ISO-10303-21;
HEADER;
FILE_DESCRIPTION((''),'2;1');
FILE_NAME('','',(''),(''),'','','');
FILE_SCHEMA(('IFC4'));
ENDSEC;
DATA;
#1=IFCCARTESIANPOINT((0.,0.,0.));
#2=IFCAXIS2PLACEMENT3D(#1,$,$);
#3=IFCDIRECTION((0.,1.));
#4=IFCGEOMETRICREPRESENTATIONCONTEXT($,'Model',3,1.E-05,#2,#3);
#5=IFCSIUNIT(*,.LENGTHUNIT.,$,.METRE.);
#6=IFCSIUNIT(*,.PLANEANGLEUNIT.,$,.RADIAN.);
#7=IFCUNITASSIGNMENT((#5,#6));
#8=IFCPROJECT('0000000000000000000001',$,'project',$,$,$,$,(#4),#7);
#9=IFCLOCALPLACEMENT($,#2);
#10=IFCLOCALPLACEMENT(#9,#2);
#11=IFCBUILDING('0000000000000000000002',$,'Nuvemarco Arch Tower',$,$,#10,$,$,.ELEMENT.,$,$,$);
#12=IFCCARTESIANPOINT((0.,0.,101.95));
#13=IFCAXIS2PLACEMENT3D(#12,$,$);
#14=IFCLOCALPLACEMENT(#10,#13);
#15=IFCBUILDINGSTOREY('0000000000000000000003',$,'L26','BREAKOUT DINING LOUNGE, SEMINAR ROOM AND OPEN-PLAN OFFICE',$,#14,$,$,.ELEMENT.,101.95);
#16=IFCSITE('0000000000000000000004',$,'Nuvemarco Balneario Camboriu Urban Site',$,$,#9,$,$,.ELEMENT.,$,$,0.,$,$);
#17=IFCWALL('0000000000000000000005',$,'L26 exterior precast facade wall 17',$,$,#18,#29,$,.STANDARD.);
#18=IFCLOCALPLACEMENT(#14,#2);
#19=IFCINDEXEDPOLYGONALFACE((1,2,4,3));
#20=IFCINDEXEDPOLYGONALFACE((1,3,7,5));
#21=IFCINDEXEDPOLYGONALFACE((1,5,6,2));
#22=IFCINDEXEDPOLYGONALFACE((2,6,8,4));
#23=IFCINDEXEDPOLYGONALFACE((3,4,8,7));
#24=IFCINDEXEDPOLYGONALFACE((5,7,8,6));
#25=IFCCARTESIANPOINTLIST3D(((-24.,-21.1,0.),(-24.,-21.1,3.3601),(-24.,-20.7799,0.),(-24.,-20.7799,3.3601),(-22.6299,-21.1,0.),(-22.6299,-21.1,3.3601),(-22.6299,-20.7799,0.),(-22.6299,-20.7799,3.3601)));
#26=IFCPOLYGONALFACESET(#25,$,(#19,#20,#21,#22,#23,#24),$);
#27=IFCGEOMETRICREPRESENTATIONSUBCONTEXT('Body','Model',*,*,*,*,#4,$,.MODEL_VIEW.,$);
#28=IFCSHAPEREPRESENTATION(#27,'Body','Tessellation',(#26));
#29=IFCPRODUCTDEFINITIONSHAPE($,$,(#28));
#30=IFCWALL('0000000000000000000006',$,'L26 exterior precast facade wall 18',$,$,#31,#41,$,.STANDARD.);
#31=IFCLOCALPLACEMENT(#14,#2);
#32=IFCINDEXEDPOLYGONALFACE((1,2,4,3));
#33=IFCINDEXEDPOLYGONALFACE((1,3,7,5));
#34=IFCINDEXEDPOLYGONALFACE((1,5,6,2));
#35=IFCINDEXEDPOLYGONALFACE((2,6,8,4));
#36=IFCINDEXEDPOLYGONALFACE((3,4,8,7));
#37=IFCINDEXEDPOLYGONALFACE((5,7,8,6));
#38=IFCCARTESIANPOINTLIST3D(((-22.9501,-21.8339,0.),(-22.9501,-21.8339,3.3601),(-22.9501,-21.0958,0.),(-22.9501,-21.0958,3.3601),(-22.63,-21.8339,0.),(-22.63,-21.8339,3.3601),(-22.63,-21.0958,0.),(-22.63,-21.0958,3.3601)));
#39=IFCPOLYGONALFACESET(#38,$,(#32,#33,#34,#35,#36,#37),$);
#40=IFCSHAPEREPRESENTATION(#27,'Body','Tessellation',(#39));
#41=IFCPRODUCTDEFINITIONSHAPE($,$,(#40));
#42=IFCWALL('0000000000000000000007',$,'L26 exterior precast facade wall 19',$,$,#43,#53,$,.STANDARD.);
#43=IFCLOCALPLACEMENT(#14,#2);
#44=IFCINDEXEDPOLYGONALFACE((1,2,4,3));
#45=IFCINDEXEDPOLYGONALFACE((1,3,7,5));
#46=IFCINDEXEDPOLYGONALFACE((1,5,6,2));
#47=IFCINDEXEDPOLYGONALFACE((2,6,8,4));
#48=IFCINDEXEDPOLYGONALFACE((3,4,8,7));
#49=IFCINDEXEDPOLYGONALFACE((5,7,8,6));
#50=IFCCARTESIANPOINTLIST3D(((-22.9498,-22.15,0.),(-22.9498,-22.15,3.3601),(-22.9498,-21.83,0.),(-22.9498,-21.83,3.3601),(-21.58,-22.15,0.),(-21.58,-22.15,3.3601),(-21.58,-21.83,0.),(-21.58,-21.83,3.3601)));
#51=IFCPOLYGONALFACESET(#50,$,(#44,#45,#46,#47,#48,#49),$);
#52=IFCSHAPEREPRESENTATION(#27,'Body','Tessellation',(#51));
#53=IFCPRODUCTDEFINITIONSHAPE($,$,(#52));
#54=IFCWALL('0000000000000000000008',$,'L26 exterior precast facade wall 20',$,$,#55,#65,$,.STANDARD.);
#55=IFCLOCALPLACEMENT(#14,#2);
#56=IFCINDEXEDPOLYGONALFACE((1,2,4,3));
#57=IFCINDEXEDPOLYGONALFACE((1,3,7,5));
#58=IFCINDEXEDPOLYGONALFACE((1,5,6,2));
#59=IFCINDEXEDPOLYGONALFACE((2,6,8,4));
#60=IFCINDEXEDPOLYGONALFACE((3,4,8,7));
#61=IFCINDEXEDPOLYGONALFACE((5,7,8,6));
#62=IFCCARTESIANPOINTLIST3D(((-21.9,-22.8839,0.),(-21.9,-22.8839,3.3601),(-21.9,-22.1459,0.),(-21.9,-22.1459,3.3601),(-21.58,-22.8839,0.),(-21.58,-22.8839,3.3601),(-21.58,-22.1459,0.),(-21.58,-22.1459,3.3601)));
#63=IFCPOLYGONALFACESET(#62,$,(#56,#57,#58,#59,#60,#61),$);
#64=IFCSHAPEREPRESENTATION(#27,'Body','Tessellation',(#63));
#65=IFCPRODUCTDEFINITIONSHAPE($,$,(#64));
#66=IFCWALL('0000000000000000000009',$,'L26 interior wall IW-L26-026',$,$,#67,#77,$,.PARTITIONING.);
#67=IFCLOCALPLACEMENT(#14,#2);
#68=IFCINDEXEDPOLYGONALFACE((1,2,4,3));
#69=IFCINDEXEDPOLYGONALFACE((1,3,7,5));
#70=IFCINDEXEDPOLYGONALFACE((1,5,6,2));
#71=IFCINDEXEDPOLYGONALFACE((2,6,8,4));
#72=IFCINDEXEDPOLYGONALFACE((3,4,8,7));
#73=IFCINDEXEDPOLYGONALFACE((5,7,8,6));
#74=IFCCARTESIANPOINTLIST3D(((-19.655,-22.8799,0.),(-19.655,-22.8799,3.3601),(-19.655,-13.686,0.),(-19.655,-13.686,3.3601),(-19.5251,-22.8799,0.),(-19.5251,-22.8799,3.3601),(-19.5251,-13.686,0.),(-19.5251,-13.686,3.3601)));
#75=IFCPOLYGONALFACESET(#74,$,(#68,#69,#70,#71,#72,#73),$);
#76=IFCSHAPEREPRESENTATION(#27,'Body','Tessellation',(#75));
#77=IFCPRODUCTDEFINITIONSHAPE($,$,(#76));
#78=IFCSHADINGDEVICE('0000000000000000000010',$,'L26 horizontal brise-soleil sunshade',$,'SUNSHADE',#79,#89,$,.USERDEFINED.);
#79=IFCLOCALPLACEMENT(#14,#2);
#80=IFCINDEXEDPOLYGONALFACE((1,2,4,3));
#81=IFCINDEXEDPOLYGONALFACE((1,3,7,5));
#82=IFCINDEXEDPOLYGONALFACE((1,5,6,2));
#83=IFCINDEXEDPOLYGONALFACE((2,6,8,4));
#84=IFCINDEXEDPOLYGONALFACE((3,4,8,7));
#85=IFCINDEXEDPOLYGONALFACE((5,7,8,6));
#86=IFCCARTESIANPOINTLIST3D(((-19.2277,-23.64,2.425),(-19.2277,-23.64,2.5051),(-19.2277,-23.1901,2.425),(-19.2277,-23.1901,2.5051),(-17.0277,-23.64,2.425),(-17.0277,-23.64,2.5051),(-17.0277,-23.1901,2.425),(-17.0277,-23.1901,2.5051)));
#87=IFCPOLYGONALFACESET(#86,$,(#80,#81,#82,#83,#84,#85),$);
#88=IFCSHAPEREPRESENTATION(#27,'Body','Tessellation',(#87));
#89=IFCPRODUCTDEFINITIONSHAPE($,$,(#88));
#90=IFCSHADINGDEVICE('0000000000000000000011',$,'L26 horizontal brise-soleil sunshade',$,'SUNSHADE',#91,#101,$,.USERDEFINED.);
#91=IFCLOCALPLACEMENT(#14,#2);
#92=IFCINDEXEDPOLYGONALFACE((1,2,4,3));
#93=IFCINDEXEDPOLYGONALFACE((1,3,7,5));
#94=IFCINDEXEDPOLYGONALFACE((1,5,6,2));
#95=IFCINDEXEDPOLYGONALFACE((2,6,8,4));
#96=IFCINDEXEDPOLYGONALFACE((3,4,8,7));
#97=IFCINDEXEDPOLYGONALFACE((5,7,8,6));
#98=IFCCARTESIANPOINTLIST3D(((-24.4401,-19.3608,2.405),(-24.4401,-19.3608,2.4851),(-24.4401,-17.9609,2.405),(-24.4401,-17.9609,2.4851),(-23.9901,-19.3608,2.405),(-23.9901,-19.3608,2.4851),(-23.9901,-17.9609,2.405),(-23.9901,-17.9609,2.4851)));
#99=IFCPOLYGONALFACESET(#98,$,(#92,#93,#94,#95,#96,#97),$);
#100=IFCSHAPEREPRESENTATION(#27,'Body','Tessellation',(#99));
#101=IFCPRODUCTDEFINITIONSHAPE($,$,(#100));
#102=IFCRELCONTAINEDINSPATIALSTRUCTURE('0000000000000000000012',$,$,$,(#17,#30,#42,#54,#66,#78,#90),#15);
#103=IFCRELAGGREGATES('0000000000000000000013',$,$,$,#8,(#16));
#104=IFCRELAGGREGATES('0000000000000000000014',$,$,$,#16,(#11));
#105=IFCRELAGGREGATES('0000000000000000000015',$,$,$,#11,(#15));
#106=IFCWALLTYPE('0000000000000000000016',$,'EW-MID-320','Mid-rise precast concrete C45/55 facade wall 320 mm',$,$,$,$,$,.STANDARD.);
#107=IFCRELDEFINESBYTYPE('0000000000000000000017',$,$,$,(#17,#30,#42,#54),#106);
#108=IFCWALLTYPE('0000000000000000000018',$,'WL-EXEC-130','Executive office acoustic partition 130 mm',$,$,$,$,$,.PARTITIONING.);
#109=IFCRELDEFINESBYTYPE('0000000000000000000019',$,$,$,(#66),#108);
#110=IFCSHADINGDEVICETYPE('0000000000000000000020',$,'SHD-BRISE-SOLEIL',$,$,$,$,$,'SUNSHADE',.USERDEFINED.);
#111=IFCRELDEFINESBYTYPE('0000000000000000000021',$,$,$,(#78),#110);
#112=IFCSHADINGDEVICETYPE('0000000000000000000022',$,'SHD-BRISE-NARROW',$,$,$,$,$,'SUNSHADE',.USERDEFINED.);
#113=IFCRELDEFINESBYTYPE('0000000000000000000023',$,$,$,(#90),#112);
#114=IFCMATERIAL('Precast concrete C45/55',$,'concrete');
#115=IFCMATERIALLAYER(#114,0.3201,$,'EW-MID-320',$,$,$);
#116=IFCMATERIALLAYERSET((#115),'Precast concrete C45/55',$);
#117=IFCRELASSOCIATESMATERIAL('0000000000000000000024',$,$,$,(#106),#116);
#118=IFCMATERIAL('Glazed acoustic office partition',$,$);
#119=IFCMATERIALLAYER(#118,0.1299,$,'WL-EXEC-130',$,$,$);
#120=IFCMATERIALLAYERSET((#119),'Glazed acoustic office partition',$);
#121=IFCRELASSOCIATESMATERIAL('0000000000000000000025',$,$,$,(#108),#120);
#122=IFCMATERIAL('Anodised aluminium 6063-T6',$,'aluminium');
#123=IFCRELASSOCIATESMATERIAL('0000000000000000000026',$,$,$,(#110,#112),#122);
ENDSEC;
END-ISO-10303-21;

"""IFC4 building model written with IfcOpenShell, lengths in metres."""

from ifc_helpers import new_model, si_unit, direction, frame, frame_2d, origin, origin_2d, place, context, subcontext, project, spatial, rectangle, extrude, source, transform, mapped, material, layer, layer_set, type_object, type_shapes, element, save


model = new_model("IFC4")

# Units and contexts
model_context = context("Model", 3, precision=1e-05, world=origin(), true_north=direction((0.0, 1.0)))
body_context = subcontext(model_context, "Body", "Model", "MODEL_VIEW")
ifc_project = project(units=[si_unit("LENGTHUNIT", "METRE"), si_unit("PLANEANGLEUNIT", "RADIAN")], contexts=[model_context])

# Site, building, storey
site_placement = place(None, origin())
site = spatial("IfcSite", under=ifc_project, at=site_placement, Name="Nuvemarco Balneario Camboriu Urban Site", CompositionType="ELEMENT", RefElevation=0.0)
building_placement = place(site_placement, origin())
building = spatial("IfcBuilding", under=site, at=building_placement, Name="Nuvemarco Arch Tower", CompositionType="ELEMENT")
storey_placement = place(building_placement, frame((0.0, 0.0, 101.95)))
storey = spatial("IfcBuildingStorey", under=building, at=storey_placement, Name="L26", Description="BREAKOUT DINING LOUNGE, SEMINAR ROOM AND OPEN-PLAN OFFICE", CompositionType="ELEMENT", Elevation=101.95)

# Shared definitions
ifc_material_1 = material(Name="Precast concrete C45/55", Category="concrete")
ifc_layer_1 = layer(ifc_material_1, 0.3201, Name="EW-MID-320")
ifc_layer_set_1 = layer_set([ifc_layer_1], Name="Precast concrete C45/55")
wall_type_1 = type_object("IfcWallType", Name="EW-MID-320", Description="Mid-rise precast concrete C45/55 facade wall 320 mm", PredefinedType="STANDARD", material=ifc_layer_set_1)

# Walls
wall_1_placement = place(storey_placement, frame((-24.0, -20.9399, 0.0), z_axis=(0.0, 0.0, 1.0), x_axis=(1.0, 0.0, 0.0)))
element("IfcWall", 1, at=wall_1_placement, inside=storey, type_object=wall_type_1, Name="L26 exterior precast facade wall 17", PredefinedType="STANDARD", context=body_context, shape_type="SweptSolid", body=[
    extrude(rectangle(XDim=1.3701, YDim=0.3201, at=frame_2d((0.6851, 0.0))), origin(), (0.0, 0.0, 1.0), 3.3601),
])
wall_2_placement = place(storey_placement, frame((-22.79, -21.834, 0.0), z_axis=(0.0, 0.0, 1.0), x_axis=(0.0, 1.0, 0.0)))
element("IfcWall", 2, at=wall_2_placement, inside=storey, type_object=wall_type_1, Name="L26 exterior precast facade wall 18", PredefinedType="STANDARD", context=body_context, shape_type="SweptSolid", body=[
    extrude(rectangle(XDim=0.738, YDim=0.3201, at=frame_2d((0.3691, 0.0))), origin(), (0.0, 0.0, 1.0), 3.3601),
])
wall_3_placement = place(storey_placement, frame((-22.95, -21.99, 0.0), z_axis=(0.0, 0.0, 1.0), x_axis=(1.0, 0.0, 0.0)))
element("IfcWall", 3, at=wall_3_placement, inside=storey, type_object=wall_type_1, Name="L26 exterior precast facade wall 19", PredefinedType="STANDARD", context=body_context, shape_type="SweptSolid", body=[
    extrude(rectangle(XDim=1.3699, YDim=0.3201, at=frame_2d((0.6851, 0.0))), origin(), (0.0, 0.0, 1.0), 3.3601),
])
wall_4_placement = place(storey_placement, frame((-21.74, -22.884, 0.0), z_axis=(0.0, 0.0, 1.0), x_axis=(0.0, 1.0, 0.0)))
element("IfcWall", 4, at=wall_4_placement, inside=storey, type_object=wall_type_1, Name="L26 exterior precast facade wall 20", PredefinedType="STANDARD", context=body_context, shape_type="SweptSolid", body=[
    extrude(rectangle(XDim=0.738, YDim=0.3201, at=frame_2d((0.3691, 0.0))), origin(), (0.0, 0.0, 1.0), 3.3601),
])
ifc_material_2 = material(Name="Glazed acoustic office partition")
ifc_layer_2 = layer(ifc_material_2, 0.1299, Name="WL-EXEC-130")
ifc_layer_set_2 = layer_set([ifc_layer_2], Name="Glazed acoustic office partition")
wall_type_2 = type_object("IfcWallType", Name="WL-EXEC-130", Description="Executive office acoustic partition 130 mm", PredefinedType="PARTITIONING", material=ifc_layer_set_2)
wall_5_placement = place(storey_placement, frame((-19.5901, -22.8799, 0.0), z_axis=(0.0, 0.0, 1.0), x_axis=(0.0, 1.0, 0.0)))
element("IfcWall", 5, at=wall_5_placement, inside=storey, type_object=wall_type_2, Name="L26 interior wall IW-L26-026", PredefinedType="PARTITIONING", context=body_context, shape_type="SweptSolid", body=[
    extrude(rectangle(XDim=9.1938, YDim=0.1299, at=frame_2d((4.5969, 0.0))), origin(), (0.0, 0.0, 1.0), 3.3601),
])

# Shading devices
ifc_material_3 = material(Name="Anodised aluminium 6063-T6", Category="aluminium")
shading_device_type_1 = type_object("IfcShadingDeviceType", Name="SHD-BRISE-SOLEIL", ElementType="SUNSHADE", PredefinedType="USERDEFINED", material=ifc_material_3)
shared_shape_1 = source(origin(), body_context, "Body", "SweptSolid", [
    extrude(rectangle(XDim=2.2, YDim=0.45, at=origin_2d()), origin(), (0.0, 0.0, 1.0), 0.0801),
])
type_shapes(shading_device_type_1, [shared_shape_1])
shading_device_1_placement = place(storey_placement, frame((-18.1277, -23.415, 2.425), z_axis=(0.0, 0.0, 1.0), x_axis=(1.0, 0.0, 0.0)))
element("IfcShadingDevice", 6, at=shading_device_1_placement, inside=storey, type_object=shading_device_type_1, Name="L26 horizontal brise-soleil sunshade", ObjectType="SUNSHADE", PredefinedType="USERDEFINED", context=body_context, shape_type="MappedRepresentation", body=[
    mapped(shared_shape_1, transform((0.0, 0.0, 0.0), scale=1.0)),
])
shading_device_type_2 = type_object("IfcShadingDeviceType", Name="SHD-BRISE-NARROW", ElementType="SUNSHADE", PredefinedType="USERDEFINED", material=ifc_material_3)
shared_shape_2 = source(origin(), body_context, "Body", "SweptSolid", [
    extrude(rectangle(XDim=1.3999, YDim=0.45, at=origin_2d()), origin(), (0.0, 0.0, 1.0), 0.0801),
])
type_shapes(shading_device_type_2, [shared_shape_2])
shading_device_2_placement = place(storey_placement, frame((-24.2151, -18.6609, 2.405), z_axis=(0.0, 0.0, 1.0), x_axis=(0.0, 1.0, 0.0)))
element("IfcShadingDevice", 7, at=shading_device_2_placement, inside=storey, type_object=shading_device_type_2, Name="L26 horizontal brise-soleil sunshade", ObjectType="SUNSHADE", PredefinedType="USERDEFINED", context=body_context, shape_type="MappedRepresentation", body=[
    mapped(shared_shape_2, transform((0.0, 0.0, 0.0), scale=1.0)),
])

save(model, "model.ifc")
